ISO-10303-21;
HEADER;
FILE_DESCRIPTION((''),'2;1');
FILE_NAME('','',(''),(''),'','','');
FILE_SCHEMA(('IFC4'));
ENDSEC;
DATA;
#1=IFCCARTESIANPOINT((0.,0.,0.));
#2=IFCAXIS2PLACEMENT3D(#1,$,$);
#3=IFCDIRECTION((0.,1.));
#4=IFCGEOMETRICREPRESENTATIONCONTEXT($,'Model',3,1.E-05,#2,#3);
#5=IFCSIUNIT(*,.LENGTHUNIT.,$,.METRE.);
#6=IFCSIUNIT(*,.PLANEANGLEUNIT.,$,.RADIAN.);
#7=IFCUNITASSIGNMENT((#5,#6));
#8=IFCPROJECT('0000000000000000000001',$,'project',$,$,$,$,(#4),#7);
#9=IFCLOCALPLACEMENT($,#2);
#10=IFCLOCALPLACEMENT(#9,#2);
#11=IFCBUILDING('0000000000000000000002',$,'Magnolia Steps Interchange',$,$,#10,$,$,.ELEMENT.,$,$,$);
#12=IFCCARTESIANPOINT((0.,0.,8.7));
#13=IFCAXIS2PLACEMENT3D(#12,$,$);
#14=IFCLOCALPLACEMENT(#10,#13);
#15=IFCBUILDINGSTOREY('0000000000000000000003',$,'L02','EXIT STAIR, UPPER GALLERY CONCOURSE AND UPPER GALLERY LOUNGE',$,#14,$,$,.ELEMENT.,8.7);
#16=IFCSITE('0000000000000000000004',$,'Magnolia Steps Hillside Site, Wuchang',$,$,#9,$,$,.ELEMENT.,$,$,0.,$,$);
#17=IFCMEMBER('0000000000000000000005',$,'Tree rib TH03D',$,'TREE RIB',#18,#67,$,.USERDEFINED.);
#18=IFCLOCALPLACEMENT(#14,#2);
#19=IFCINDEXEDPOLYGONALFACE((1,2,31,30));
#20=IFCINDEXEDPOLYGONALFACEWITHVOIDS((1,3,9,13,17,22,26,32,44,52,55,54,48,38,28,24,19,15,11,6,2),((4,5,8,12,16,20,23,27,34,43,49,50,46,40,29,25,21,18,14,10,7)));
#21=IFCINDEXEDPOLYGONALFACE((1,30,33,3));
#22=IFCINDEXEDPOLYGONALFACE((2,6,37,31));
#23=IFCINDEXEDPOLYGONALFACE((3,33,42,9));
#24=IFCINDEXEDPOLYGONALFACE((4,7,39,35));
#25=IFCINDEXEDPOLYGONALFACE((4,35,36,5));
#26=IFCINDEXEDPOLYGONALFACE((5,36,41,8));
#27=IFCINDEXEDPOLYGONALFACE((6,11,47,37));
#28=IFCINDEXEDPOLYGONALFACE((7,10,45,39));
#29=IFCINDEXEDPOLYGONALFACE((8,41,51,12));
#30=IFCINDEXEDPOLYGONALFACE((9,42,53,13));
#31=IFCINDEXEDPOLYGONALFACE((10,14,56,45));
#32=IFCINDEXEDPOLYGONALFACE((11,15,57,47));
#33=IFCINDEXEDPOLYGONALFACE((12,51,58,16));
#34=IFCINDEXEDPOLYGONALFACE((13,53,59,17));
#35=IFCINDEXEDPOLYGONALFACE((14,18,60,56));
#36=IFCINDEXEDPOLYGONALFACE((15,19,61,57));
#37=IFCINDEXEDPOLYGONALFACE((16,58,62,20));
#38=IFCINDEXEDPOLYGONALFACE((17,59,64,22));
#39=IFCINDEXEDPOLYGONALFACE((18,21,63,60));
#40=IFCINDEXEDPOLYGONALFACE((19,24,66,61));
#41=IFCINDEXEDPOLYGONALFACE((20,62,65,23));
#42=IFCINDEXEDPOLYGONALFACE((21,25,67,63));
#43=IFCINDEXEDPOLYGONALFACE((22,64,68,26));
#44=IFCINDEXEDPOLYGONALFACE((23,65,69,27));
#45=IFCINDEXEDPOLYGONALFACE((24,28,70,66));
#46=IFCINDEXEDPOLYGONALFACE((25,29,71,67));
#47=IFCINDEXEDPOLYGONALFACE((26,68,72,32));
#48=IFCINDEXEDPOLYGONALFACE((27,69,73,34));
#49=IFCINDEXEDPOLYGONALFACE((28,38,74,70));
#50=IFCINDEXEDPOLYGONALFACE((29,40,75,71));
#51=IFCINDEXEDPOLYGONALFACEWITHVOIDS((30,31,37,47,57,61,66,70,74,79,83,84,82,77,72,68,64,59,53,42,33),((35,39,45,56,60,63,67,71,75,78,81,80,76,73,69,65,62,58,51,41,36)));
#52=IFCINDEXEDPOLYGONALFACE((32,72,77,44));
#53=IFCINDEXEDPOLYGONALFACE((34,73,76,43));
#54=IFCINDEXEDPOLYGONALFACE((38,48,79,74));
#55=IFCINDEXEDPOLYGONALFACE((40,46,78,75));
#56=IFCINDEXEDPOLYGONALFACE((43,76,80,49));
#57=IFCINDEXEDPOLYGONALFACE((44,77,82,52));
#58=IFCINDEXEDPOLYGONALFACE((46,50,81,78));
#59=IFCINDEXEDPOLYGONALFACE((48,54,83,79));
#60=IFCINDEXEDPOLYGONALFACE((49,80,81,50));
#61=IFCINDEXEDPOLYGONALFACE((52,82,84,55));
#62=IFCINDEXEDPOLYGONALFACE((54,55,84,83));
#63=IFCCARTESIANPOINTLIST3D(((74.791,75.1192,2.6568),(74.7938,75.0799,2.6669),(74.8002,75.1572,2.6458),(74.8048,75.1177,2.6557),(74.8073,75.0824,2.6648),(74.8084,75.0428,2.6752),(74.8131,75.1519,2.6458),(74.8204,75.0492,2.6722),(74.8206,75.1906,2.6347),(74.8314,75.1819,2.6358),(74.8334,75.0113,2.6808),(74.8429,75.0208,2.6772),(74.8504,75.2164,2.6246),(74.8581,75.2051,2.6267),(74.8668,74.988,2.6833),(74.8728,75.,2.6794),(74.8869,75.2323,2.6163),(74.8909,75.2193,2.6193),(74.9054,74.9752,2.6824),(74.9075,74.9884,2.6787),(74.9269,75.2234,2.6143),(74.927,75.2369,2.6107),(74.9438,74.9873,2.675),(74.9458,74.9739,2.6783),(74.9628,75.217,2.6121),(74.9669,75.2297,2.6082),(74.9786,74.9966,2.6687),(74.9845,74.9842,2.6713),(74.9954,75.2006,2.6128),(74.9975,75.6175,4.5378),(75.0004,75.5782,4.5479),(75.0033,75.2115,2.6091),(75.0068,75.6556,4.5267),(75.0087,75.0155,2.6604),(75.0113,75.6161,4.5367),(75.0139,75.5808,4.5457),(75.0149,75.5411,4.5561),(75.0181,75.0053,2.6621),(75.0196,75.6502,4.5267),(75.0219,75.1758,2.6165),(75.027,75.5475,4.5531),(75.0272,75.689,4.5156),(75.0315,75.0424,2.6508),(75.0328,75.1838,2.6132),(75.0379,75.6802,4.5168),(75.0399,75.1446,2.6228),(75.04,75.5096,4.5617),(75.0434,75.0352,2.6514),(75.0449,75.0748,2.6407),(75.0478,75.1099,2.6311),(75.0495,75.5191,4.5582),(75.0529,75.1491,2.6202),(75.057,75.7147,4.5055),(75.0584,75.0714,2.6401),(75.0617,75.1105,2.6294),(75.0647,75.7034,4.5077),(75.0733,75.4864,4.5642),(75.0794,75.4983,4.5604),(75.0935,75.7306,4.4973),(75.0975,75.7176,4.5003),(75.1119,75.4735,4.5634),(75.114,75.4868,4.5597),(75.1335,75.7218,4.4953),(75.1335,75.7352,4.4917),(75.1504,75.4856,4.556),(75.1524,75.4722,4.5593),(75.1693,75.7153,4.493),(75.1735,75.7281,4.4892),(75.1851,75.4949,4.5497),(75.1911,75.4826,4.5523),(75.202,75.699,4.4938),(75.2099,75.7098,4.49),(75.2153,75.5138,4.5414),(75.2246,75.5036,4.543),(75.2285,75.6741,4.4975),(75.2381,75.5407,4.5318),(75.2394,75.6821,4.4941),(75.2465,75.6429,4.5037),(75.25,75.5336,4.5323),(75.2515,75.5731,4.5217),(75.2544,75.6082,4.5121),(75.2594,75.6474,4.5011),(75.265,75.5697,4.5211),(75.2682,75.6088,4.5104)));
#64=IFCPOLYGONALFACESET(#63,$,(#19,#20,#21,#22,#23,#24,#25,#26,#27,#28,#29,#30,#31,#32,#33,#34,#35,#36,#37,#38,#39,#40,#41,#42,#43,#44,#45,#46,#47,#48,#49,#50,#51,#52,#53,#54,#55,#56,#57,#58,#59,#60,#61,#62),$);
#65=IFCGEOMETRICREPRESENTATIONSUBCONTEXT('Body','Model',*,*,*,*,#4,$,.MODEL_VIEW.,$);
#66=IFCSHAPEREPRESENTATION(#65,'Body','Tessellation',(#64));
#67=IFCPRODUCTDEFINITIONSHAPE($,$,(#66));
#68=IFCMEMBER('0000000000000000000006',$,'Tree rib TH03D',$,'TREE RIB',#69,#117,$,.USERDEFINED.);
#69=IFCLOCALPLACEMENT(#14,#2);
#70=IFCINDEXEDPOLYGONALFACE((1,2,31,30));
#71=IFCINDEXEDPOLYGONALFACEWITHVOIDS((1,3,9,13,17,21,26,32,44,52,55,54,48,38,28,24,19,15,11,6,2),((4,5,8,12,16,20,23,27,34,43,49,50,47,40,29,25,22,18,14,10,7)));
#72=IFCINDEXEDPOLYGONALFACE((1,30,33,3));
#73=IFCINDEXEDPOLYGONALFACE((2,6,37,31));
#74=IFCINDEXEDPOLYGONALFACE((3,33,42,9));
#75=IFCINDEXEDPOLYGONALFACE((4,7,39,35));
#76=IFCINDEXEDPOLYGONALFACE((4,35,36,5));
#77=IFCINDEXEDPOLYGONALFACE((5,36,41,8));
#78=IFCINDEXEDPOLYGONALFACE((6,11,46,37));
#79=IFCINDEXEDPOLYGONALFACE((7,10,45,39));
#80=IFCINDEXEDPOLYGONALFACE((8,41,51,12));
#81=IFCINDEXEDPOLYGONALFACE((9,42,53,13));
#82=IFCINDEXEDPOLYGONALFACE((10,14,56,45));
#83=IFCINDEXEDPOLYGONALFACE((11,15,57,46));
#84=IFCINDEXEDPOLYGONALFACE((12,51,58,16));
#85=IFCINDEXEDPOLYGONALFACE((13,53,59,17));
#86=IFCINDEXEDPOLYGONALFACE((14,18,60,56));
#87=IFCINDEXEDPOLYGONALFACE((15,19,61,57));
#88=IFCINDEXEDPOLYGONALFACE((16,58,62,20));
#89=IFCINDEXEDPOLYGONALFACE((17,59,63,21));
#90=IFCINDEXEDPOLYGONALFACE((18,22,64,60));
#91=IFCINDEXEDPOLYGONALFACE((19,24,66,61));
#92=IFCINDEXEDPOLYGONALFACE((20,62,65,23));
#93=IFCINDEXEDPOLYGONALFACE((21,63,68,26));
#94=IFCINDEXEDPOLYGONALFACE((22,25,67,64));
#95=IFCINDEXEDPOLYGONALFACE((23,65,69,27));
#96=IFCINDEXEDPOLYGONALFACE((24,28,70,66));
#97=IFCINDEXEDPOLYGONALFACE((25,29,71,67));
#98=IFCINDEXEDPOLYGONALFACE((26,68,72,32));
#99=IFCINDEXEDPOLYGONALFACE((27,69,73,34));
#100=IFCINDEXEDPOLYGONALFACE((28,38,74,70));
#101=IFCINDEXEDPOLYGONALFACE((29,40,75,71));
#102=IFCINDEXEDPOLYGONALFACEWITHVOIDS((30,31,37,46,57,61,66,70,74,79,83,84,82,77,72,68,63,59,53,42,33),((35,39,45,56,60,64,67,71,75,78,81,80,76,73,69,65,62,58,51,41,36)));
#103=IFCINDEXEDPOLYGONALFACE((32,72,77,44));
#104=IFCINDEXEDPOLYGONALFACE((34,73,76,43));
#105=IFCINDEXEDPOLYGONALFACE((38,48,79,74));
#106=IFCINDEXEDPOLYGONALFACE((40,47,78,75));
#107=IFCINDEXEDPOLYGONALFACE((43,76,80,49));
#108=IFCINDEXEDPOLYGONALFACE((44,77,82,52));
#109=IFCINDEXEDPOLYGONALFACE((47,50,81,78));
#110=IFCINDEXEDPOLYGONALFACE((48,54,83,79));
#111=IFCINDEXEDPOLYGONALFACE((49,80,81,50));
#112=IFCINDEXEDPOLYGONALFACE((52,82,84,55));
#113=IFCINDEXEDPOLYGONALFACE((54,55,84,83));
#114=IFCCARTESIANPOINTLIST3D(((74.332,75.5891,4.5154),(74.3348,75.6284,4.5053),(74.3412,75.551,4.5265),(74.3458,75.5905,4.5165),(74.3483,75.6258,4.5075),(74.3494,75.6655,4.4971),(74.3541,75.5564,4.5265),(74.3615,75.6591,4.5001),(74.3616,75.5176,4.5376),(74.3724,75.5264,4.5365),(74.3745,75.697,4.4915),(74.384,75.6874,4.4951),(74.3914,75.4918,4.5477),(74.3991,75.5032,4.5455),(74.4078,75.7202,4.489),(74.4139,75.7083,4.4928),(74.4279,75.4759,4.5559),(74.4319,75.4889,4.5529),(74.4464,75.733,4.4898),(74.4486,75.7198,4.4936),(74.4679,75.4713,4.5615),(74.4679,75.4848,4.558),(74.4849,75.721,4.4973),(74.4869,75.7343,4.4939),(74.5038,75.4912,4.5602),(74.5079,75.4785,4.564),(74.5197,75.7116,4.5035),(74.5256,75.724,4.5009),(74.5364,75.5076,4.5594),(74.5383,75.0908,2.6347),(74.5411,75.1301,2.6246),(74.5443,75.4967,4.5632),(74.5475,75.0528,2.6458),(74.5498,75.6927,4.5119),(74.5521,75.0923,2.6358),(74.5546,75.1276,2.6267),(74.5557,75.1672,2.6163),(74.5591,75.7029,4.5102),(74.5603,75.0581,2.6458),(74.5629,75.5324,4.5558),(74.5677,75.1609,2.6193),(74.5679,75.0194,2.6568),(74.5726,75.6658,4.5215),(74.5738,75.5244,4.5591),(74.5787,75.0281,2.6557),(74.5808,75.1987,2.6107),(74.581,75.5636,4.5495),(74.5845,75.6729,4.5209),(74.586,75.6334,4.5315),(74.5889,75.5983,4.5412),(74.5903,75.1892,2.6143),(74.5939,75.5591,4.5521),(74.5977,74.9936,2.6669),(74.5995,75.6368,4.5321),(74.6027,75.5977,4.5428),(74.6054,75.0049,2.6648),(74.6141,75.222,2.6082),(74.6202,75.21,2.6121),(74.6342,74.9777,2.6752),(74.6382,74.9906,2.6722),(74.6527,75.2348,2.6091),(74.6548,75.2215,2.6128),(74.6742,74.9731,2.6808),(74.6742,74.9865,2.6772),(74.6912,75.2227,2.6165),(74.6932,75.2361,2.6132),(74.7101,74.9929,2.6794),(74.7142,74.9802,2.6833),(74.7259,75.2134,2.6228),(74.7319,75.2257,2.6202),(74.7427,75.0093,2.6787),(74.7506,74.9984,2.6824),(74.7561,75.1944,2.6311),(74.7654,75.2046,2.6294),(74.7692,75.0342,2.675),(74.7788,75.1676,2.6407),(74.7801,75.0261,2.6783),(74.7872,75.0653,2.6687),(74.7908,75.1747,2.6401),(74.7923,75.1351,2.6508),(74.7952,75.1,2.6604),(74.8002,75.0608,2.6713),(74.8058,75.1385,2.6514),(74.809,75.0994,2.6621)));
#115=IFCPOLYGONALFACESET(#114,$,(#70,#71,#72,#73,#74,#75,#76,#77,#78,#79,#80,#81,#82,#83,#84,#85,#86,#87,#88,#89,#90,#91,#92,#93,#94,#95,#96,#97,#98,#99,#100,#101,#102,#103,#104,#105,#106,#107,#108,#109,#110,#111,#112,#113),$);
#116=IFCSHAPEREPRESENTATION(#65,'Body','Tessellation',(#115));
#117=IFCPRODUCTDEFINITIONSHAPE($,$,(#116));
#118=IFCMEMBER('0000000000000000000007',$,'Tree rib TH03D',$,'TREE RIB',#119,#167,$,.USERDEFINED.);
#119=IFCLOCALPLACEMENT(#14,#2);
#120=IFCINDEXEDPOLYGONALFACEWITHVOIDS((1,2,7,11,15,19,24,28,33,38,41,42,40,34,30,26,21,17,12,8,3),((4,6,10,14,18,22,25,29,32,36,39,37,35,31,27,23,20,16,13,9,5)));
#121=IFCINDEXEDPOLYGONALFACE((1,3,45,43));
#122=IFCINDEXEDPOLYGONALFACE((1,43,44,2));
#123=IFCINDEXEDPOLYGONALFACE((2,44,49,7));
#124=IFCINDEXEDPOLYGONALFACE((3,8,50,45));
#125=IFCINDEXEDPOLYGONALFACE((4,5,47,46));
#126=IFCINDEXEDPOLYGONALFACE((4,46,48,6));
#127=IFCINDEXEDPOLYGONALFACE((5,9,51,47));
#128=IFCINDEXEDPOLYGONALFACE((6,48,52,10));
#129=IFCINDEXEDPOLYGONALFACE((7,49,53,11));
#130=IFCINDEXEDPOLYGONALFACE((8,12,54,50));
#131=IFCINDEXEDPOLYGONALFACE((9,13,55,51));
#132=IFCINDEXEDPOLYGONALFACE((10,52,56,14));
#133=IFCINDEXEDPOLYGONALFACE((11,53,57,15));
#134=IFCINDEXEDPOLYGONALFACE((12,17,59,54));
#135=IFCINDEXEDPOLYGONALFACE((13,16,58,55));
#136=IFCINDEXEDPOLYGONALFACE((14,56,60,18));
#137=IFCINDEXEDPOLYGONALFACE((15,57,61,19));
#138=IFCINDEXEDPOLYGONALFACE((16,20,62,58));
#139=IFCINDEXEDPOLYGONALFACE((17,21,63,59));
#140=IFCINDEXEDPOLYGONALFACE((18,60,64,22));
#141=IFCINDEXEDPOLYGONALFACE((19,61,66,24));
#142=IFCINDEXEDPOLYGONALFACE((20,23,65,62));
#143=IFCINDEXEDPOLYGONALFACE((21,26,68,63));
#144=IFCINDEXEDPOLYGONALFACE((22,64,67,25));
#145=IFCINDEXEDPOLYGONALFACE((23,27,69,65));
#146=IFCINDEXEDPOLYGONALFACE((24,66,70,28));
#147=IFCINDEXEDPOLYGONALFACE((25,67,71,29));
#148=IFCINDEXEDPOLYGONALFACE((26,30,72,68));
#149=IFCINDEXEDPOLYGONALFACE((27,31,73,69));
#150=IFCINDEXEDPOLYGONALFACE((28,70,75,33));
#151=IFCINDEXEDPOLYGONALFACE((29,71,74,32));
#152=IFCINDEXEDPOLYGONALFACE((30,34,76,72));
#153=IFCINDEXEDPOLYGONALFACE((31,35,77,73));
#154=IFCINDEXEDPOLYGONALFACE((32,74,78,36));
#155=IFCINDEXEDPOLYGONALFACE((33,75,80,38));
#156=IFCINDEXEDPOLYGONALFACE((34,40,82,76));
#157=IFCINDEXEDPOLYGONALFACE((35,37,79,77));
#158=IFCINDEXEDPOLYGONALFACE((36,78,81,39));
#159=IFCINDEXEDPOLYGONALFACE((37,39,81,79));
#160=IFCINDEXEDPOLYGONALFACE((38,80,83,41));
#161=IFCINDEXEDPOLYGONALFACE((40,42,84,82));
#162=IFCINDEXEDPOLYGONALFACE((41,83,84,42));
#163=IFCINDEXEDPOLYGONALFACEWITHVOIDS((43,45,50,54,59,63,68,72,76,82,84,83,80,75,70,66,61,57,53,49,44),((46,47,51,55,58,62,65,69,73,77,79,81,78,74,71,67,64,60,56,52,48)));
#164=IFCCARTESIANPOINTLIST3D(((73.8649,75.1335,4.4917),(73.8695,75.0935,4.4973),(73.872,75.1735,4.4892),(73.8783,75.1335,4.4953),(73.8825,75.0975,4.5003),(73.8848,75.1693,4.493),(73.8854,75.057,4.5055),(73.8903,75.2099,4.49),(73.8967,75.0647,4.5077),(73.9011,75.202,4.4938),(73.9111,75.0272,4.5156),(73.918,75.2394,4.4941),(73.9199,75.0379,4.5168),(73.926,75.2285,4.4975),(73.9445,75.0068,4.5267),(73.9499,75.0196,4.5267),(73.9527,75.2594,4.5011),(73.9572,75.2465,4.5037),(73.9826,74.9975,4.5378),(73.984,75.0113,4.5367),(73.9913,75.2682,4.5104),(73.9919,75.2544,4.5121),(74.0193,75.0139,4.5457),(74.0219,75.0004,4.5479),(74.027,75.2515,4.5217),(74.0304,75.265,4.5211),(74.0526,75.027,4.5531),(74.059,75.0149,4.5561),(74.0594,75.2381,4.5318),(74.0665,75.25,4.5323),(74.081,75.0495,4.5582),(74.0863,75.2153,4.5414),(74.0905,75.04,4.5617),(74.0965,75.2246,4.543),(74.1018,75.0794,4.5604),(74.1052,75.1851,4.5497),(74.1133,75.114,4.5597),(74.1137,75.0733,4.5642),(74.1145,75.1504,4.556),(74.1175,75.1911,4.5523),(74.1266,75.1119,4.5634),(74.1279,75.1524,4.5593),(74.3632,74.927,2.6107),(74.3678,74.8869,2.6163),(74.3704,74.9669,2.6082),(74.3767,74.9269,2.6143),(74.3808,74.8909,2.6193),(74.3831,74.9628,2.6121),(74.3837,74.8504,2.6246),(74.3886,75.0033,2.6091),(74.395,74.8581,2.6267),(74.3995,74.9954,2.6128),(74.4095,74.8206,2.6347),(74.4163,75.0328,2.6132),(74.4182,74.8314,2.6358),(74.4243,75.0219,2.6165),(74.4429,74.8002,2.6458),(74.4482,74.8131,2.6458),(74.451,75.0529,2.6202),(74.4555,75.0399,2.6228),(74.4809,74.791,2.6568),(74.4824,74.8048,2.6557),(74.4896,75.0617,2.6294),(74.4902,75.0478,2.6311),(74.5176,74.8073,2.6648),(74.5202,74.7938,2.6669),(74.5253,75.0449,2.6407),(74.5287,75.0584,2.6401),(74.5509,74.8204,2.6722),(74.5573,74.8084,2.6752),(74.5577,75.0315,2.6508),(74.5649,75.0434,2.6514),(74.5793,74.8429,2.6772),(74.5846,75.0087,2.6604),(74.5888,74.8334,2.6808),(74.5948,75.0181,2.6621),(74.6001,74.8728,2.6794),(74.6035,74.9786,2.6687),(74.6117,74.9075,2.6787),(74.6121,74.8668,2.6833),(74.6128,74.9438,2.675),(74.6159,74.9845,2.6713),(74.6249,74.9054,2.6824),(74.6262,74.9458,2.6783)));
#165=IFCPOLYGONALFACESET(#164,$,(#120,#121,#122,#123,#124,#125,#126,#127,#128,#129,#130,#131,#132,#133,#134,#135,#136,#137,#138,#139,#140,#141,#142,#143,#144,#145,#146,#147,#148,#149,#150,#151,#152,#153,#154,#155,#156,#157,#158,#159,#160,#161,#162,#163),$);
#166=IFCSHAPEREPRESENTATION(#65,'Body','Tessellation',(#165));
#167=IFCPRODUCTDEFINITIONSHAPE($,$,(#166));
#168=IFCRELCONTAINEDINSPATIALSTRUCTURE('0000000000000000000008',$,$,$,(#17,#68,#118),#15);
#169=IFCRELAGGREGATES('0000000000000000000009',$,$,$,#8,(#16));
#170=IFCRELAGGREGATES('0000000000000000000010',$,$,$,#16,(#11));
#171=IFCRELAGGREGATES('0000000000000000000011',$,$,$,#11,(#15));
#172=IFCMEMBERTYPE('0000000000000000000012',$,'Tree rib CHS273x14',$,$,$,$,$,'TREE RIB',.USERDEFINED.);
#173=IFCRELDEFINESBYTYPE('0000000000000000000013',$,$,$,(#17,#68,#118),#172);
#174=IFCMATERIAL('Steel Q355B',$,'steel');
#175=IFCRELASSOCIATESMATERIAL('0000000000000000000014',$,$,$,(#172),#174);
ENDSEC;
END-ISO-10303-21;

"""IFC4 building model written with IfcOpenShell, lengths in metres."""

from ifc_helpers import new_model, si_unit, direction, frame, origin, origin_2d, place, context, subcontext, project, spatial, hollow_circle, extrude, material, material_profile, profile_set, type_object, element, save


model = new_model("IFC4")

# Units and contexts
model_context = context("Model", 3, precision=1e-05, world=origin(), true_north=direction((0.0, 1.0)))
body_context = subcontext(model_context, "Body", "Model", "MODEL_VIEW")
ifc_project = project(units=[si_unit("LENGTHUNIT", "METRE"), si_unit("PLANEANGLEUNIT", "RADIAN")], contexts=[model_context])

# Site, building, storey
site_placement = place(None, origin())
site = spatial("IfcSite", under=ifc_project, at=site_placement, Name="Magnolia Steps Hillside Site, Wuchang", CompositionType="ELEMENT", RefElevation=0.0)
building_placement = place(site_placement, origin())
building = spatial("IfcBuilding", under=site, at=building_placement, Name="Magnolia Steps Interchange", CompositionType="ELEMENT")
storey_placement = place(building_placement, frame((0.0, 0.0, 8.7)))
storey = spatial("IfcBuildingStorey", under=building, at=storey_placement, Name="L02", Description="EXIT STAIR, UPPER GALLERY CONCOURSE AND UPPER GALLERY LOUNGE", CompositionType="ELEMENT", Elevation=8.7)

# Members
ifc_material_1 = material(Name="Steel Q355B", Category="steel")
ifc_material_profile_1 = material_profile(ifc_material_1, hollow_circle(Radius=0.1365, WallThickness=0.0139, at=origin_2d()), Name="CHS273x14")
ifc_profile_set_1 = profile_set([ifc_material_profile_1], Name="Steel Q355B")
member_type_1 = type_object("IfcMemberType", Name="Tree rib CHS273x14", ElementType="TREE RIB", PredefinedType="USERDEFINED", material=ifc_profile_set_1)
for number, where, z_axis, x_axis, name in (
    (1, (74.9263, 75.105, 2.6458), (0.105558, 0.254662, 0.961252), (-0.923785, 0.382911, 0.0), "Tree rib TH03D"),
):
    element("IfcMember", number, at=place(storey_placement, frame(where, z_axis=z_axis, x_axis=x_axis)), inside=storey, type_object=member_type_1, Name=name, ObjectType="TREE RIB", PredefinedType="USERDEFINED", context=body_context, shape_type="SweptSolid", body=[
        extrude(hollow_circle(Radius=0.1365, WallThickness=0.0139, at=origin_2d()), origin(), (0.0, 0.0, 1.0), 1.9568),
    ])
member_1_placement = place(storey_placement, frame((74.6736, 75.105, 2.6458), z_axis=(-0.105435, 0.254665, 0.961264), x_axis=(-0.923945, -0.382525, 0.0)))
element("IfcMember", 2, at=member_1_placement, inside=storey, type_object=member_type_1, Name="Tree rib TH03D", ObjectType="TREE RIB", PredefinedType="USERDEFINED", context=body_context, shape_type="SweptSolid", body=[
    extrude(hollow_circle(Radius=0.1365, WallThickness=0.0139, at=origin_2d()), origin(), (0.0, 0.0, 1.0), 1.9565),
])
for number, where, z_axis, x_axis, name in (
    (3, (74.4951, 74.9263, 2.6458), (-0.254662, 0.105558, 0.961252), (-0.382911, -0.923785, 0.0), "Tree rib TH03D"),
):
    element("IfcMember", number, at=place(storey_placement, frame(where, z_axis=z_axis, x_axis=x_axis)), inside=storey, type_object=member_type_1, Name=name, ObjectType="TREE RIB", PredefinedType="USERDEFINED", context=body_context, shape_type="SweptSolid", body=[
        extrude(hollow_circle(Radius=0.1365, WallThickness=0.0139, at=origin_2d()), origin(), (0.0, 0.0, 1.0), 1.9568),
    ])

save(model, "model.ifc")
